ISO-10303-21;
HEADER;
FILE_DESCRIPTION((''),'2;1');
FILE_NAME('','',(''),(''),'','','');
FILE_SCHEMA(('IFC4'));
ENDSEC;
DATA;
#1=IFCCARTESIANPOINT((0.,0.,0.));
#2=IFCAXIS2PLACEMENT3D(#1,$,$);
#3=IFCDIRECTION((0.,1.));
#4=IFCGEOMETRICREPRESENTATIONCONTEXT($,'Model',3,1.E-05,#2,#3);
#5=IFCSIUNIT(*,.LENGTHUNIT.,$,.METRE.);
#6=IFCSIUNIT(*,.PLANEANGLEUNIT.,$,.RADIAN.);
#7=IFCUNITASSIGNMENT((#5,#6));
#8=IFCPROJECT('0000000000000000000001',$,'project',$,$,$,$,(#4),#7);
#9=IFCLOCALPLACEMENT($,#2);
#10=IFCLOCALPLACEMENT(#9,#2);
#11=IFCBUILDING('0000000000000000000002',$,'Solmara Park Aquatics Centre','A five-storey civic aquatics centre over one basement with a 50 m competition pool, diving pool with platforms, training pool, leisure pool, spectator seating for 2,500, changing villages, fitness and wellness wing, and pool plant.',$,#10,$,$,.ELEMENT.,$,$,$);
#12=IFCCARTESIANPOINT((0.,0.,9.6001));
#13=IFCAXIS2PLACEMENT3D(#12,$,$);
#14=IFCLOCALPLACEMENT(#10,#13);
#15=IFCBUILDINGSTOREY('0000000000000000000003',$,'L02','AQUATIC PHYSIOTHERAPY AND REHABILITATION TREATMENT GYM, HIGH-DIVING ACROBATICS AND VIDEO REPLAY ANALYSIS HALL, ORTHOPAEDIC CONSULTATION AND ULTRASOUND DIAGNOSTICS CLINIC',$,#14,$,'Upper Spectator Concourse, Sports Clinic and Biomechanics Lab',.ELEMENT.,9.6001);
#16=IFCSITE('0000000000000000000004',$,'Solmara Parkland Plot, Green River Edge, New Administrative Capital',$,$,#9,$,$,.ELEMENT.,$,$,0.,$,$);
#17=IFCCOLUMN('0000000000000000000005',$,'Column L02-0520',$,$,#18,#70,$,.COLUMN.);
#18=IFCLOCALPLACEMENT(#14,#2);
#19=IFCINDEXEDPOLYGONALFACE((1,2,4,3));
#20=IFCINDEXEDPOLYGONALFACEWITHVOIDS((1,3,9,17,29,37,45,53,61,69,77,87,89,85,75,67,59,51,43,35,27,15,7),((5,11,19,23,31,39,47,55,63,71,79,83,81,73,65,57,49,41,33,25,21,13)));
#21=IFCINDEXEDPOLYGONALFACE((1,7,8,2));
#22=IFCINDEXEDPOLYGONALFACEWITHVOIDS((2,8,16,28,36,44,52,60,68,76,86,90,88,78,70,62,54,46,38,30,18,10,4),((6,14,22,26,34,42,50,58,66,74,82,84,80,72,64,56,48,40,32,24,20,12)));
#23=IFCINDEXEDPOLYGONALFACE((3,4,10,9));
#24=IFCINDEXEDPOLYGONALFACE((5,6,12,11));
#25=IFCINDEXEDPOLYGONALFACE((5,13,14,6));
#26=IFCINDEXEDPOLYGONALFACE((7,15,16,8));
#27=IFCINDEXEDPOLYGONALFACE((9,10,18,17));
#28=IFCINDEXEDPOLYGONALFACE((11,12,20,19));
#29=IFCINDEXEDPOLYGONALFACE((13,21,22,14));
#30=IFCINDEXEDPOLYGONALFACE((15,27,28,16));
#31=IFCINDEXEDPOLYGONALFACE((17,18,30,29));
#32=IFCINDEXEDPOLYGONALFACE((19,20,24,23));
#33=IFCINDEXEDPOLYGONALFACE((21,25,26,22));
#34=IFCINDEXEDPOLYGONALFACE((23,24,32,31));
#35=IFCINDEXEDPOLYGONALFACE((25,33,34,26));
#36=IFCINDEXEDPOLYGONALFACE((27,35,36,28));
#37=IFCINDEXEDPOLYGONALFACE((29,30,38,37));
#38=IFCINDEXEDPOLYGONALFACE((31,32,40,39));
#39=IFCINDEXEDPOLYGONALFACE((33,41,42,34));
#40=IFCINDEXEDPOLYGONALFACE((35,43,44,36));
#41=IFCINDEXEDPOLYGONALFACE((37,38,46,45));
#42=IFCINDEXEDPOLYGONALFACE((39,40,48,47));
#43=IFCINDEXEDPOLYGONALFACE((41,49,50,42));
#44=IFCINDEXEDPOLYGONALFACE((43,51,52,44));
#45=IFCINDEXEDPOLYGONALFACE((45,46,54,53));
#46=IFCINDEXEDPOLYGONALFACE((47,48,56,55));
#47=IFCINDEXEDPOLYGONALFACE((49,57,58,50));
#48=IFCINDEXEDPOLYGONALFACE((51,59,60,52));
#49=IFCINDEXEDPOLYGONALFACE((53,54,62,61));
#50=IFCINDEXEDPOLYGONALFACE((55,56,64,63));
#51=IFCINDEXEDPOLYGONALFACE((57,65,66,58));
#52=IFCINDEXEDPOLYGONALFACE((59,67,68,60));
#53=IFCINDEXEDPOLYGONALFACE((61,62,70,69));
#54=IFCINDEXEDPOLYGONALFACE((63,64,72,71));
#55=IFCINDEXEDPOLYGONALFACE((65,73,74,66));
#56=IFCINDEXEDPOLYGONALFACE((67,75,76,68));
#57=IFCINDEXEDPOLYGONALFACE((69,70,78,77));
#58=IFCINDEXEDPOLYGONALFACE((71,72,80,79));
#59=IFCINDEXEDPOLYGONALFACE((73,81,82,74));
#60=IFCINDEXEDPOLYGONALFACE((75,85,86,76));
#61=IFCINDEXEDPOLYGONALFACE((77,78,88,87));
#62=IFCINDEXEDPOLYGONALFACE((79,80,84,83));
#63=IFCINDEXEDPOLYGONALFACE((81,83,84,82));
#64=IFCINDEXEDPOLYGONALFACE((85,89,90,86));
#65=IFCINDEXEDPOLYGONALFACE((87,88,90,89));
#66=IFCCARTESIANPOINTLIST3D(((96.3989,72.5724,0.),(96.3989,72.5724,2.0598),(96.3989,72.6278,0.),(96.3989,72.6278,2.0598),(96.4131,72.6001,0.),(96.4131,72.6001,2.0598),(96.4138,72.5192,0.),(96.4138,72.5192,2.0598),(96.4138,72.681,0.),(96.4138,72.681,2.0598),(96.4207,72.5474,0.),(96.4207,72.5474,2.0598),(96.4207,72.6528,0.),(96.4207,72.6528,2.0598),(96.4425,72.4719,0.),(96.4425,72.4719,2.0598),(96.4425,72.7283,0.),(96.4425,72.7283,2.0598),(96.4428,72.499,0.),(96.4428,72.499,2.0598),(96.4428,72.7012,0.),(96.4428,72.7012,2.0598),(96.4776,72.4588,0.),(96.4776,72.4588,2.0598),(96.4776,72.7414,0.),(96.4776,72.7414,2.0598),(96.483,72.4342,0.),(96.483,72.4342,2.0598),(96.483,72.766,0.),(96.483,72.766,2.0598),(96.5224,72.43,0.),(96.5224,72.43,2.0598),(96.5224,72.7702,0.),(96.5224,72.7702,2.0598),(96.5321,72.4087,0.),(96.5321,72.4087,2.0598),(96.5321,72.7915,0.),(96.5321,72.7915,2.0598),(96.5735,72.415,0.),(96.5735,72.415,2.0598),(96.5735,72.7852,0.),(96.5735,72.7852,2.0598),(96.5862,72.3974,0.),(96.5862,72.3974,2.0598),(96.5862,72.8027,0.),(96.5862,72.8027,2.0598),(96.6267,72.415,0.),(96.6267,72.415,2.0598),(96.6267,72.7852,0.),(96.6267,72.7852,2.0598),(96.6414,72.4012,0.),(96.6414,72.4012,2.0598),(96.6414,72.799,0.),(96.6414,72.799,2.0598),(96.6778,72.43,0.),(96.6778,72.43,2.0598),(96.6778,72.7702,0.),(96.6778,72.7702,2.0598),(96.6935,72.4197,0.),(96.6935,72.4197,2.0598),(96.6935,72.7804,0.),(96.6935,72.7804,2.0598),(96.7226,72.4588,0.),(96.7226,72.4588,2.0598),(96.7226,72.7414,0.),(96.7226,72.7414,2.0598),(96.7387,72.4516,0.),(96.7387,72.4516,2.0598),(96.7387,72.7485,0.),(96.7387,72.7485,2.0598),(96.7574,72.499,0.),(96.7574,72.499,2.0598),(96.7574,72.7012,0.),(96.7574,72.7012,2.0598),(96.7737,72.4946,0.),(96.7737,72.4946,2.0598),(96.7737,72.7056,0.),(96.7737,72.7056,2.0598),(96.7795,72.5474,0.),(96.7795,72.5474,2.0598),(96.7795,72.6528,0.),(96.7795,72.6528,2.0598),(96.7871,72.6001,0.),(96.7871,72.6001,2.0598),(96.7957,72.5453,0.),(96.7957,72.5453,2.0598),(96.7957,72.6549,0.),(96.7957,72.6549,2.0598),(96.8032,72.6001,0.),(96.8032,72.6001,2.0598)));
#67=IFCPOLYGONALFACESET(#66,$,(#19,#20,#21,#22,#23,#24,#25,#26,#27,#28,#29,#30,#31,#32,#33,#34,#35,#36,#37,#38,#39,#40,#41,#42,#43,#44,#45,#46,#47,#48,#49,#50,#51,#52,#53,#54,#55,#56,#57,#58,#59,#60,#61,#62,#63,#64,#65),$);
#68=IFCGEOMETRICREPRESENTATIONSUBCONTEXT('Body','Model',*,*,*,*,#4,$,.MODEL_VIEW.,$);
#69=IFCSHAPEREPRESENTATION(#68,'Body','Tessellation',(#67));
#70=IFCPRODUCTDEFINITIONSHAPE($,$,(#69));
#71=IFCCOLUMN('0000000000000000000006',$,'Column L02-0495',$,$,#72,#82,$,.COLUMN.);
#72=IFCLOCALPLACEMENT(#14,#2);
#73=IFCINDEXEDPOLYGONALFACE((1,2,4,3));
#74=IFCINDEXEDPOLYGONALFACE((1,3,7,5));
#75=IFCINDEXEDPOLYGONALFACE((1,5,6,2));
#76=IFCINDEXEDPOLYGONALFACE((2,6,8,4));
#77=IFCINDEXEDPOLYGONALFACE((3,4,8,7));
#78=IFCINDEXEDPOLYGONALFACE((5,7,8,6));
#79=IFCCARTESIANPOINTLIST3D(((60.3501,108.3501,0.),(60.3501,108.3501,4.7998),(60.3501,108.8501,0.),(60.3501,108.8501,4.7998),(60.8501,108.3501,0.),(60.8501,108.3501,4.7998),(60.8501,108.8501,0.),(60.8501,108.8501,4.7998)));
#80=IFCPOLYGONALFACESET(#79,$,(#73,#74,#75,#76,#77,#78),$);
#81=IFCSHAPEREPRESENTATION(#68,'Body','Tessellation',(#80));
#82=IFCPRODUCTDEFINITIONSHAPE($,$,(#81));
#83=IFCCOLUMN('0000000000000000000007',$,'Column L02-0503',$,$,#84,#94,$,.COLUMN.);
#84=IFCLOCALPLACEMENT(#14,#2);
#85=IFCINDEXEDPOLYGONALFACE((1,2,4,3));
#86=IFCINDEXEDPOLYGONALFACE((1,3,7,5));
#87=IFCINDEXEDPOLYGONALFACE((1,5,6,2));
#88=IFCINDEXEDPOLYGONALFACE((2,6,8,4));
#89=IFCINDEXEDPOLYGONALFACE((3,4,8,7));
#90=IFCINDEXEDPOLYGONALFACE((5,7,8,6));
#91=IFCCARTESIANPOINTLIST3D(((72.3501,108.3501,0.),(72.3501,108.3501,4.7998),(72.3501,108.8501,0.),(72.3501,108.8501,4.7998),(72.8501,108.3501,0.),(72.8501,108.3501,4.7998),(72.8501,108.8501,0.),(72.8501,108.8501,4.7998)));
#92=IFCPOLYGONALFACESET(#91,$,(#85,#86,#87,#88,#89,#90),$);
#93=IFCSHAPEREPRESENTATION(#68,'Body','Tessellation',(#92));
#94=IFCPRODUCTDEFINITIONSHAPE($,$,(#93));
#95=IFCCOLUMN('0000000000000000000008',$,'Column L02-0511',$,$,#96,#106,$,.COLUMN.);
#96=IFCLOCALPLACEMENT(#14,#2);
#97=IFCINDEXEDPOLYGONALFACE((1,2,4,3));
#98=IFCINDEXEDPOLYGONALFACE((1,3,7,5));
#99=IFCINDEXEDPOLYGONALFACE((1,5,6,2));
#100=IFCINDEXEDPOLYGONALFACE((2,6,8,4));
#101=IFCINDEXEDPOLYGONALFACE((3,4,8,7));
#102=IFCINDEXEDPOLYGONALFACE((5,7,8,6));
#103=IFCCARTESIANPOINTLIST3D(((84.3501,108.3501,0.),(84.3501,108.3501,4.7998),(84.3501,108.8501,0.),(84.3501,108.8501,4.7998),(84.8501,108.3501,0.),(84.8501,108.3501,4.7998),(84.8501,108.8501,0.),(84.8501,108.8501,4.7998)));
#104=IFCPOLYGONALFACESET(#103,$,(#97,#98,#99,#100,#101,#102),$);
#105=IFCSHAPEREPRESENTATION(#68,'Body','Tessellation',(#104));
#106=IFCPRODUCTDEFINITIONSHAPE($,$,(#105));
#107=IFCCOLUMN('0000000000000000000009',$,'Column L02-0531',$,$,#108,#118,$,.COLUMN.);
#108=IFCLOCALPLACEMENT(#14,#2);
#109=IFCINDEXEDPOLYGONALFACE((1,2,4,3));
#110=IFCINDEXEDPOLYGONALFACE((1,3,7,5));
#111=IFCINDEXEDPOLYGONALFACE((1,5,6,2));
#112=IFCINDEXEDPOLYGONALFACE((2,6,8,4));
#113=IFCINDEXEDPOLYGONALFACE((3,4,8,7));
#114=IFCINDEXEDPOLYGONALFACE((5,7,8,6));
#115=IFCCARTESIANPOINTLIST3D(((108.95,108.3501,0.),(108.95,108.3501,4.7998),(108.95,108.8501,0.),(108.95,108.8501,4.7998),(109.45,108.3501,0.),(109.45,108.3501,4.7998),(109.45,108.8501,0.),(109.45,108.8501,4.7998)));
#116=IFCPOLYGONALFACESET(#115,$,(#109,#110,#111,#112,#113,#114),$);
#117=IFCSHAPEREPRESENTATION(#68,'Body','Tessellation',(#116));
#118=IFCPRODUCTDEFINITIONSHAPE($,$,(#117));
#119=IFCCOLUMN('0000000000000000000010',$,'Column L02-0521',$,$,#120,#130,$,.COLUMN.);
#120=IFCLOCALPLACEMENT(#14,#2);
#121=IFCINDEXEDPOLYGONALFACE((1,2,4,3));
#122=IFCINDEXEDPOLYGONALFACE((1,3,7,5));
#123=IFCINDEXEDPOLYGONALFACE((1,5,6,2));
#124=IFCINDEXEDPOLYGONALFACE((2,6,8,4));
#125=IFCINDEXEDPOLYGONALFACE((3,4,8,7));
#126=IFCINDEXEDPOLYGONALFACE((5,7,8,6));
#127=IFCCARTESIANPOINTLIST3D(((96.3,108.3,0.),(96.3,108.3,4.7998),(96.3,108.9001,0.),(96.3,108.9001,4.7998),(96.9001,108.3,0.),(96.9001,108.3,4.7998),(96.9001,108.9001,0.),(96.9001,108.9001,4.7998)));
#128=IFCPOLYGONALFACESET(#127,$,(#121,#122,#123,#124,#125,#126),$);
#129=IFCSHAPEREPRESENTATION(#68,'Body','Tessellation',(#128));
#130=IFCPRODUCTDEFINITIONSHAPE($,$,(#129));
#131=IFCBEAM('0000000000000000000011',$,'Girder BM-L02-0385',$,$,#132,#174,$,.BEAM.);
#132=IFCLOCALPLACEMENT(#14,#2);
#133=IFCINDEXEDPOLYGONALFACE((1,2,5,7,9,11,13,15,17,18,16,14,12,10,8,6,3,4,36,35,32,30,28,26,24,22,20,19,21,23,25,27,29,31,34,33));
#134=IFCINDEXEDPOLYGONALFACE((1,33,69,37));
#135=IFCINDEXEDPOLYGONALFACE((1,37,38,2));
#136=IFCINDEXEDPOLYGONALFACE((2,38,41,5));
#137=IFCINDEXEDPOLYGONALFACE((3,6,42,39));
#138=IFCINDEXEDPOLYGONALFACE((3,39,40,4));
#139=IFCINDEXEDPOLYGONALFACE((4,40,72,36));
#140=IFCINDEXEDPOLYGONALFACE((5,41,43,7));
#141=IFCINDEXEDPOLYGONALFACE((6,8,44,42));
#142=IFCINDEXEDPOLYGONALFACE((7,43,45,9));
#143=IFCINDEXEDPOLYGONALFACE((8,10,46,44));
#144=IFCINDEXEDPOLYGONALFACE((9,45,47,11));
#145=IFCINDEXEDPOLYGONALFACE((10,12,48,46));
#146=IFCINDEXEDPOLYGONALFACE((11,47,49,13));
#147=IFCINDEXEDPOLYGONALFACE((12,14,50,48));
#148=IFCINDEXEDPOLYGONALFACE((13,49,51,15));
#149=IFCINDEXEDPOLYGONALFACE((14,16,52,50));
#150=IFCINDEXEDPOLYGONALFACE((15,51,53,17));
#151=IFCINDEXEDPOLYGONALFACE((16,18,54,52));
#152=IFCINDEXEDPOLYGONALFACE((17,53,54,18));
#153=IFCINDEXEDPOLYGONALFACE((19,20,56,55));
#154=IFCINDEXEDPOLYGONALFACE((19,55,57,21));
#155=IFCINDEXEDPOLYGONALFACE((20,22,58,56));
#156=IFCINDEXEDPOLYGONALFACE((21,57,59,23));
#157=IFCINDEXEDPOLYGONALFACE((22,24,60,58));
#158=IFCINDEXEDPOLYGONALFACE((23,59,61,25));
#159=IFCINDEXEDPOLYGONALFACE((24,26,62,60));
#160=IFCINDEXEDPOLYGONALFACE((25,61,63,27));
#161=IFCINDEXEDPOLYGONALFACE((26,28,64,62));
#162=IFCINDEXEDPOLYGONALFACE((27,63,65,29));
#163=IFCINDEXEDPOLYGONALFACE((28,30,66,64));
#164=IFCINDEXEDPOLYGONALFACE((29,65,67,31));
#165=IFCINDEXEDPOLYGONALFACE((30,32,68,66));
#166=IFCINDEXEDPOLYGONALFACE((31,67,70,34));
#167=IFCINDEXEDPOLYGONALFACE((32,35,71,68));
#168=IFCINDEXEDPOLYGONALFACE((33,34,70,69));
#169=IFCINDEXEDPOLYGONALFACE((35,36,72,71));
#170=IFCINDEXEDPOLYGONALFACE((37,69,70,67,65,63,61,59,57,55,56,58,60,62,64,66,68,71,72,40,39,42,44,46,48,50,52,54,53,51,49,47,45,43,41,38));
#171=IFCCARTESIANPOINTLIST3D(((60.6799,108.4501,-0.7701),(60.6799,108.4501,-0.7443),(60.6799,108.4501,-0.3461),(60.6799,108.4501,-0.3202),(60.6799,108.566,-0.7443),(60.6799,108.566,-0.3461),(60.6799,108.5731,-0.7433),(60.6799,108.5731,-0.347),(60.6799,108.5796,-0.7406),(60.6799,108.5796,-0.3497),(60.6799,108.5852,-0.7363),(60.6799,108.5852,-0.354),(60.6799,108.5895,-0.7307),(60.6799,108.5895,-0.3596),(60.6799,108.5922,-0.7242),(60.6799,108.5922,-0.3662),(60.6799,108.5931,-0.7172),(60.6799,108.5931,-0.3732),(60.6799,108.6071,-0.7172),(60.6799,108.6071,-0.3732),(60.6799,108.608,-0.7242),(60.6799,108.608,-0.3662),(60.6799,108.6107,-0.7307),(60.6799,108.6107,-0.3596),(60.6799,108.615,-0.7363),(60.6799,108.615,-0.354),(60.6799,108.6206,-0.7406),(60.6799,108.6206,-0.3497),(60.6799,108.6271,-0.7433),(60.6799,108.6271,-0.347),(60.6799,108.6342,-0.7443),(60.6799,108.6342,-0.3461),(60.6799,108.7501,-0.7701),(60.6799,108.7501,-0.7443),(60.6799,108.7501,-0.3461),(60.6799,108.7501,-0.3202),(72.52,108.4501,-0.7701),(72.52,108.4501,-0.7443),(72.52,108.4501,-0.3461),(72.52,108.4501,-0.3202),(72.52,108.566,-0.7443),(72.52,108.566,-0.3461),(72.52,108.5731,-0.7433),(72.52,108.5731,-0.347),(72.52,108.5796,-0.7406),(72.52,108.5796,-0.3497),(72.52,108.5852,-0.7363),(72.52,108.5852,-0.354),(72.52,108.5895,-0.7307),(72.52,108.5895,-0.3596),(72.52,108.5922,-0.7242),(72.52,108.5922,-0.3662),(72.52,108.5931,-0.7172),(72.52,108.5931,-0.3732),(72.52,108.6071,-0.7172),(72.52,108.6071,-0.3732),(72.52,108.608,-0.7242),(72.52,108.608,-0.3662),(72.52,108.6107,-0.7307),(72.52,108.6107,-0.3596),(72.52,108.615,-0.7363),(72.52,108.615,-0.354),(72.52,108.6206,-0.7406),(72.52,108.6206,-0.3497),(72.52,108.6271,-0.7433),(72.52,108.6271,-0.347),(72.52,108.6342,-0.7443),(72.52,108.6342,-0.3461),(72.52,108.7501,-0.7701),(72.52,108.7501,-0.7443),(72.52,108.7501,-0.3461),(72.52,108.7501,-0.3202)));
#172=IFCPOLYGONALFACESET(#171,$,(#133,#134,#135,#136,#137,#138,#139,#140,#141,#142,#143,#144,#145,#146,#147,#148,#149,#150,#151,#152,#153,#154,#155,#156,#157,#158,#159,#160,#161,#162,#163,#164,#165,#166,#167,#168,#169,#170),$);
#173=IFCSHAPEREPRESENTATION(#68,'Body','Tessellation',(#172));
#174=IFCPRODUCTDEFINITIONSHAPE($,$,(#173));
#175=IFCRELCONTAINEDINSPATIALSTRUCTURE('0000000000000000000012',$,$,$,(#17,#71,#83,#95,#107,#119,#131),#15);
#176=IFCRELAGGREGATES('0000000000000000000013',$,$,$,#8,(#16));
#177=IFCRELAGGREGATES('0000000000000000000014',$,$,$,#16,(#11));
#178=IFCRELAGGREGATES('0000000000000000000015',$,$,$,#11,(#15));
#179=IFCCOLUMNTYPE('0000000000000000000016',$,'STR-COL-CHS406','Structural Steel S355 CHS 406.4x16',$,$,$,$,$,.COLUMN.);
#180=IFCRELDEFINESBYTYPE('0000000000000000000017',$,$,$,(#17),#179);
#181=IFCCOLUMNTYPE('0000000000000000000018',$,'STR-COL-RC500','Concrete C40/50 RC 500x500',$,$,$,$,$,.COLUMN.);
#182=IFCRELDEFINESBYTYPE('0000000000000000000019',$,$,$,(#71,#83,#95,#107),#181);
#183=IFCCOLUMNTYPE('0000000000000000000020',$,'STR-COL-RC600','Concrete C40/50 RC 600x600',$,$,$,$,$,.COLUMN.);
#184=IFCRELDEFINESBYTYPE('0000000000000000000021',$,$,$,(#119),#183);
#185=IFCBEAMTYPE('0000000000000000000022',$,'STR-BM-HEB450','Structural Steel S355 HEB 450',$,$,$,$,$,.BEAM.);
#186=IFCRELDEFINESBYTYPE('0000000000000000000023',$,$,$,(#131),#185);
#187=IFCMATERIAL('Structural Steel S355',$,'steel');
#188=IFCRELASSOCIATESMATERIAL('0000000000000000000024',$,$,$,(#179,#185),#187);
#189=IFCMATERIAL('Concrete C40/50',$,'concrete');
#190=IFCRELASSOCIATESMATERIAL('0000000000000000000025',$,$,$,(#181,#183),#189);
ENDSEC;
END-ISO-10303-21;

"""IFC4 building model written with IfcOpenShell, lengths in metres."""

from ifc_helpers import new_model, si_unit, direction, frame, origin, origin_2d, place, context, subcontext, project, spatial, rectangle, hollow_circle, i_section, extrude, material, material_profile, profile_set, type_object, element, save


model = new_model("IFC4")

# Units and contexts
model_context = context("Model", 3, precision=1e-05, world=origin(), true_north=direction((0.0, 1.0)))
body_context = subcontext(model_context, "Body", "Model", "MODEL_VIEW")
ifc_project = project(units=[si_unit("LENGTHUNIT", "METRE"), si_unit("PLANEANGLEUNIT", "RADIAN")], contexts=[model_context])

# Site, building, storey
site_placement = place(None, origin())
site = spatial("IfcSite", under=ifc_project, at=site_placement, Name="Solmara Parkland Plot, Green River Edge, New Administrative Capital", CompositionType="ELEMENT", RefElevation=0.0)
building_placement = place(site_placement, origin())
building = spatial("IfcBuilding", under=site, at=building_placement, Name="Solmara Park Aquatics Centre", Description="A five-storey civic aquatics centre over one basement with a 50 m competition pool, diving pool with platforms, training pool, leisure pool, spectator seating for 2,500, changing villages, fitness and wellness wing, and pool plant.", CompositionType="ELEMENT")
storey_placement = place(building_placement, frame((0.0, 0.0, 9.6001)))
storey = spatial("IfcBuildingStorey", under=building, at=storey_placement, Name="L02", Description="AQUATIC PHYSIOTHERAPY AND REHABILITATION TREATMENT GYM, HIGH-DIVING ACROBATICS AND VIDEO REPLAY ANALYSIS HALL, ORTHOPAEDIC CONSULTATION AND ULTRASOUND DIAGNOSTICS CLINIC", LongName="Upper Spectator Concourse, Sports Clinic and Biomechanics Lab", CompositionType="ELEMENT", Elevation=9.6001)

# Columns
ifc_material_1 = material(Name="Structural Steel S355", Category="steel")
ifc_material_profile_1 = material_profile(ifc_material_1, hollow_circle(Radius=0.2031, WallThickness=0.0161, at=origin_2d()), Name="CHS 406.4x16")
ifc_profile_set_1 = profile_set([ifc_material_profile_1], Name="Structural Steel S355")
column_type_1 = type_object("IfcColumnType", Name="STR-COL-CHS406", Description="Structural Steel S355 CHS 406.4x16", PredefinedType="COLUMN", material=ifc_profile_set_1)
column_1_placement = place(storey_placement, frame((96.6001, 72.6001, 0.0), z_axis=(0.0, 0.0, 1.0), x_axis=(1.0, 0.0, 0.0)))
element("IfcColumn", 1, at=column_1_placement, inside=storey, type_object=column_type_1, Name="Column L02-0520", PredefinedType="COLUMN", context=body_context, shape_type="SweptSolid", body=[
    extrude(hollow_circle(Radius=0.2031, WallThickness=0.0161, at=origin_2d()), origin(), (0.0, 0.0, 1.0), 2.0598),
])
ifc_material_2 = material(Name="Concrete C40/50", Category="concrete")
ifc_material_profile_2 = material_profile(ifc_material_2, rectangle(XDim=0.5, YDim=0.5, at=origin_2d()), Name="RC 500x500")
ifc_profile_set_2 = profile_set([ifc_material_profile_2], Name="Concrete C40/50")
column_type_2 = type_object("IfcColumnType", Name="STR-COL-RC500", Description="Concrete C40/50 RC 500x500", PredefinedType="COLUMN", material=ifc_profile_set_2)
for number, where, z_axis, x_axis, name in (
    (2, (60.6001, 108.6001, 0.0), (0.0, 0.0, 1.0), (1.0, 0.0, 0.0), "Column L02-0495"),
    (3, (72.6001, 108.6001, 0.0), (0.0, 0.0, 1.0), (1.0, 0.0, 0.0), "Column L02-0503"),
    (4, (84.6001, 108.6001, 0.0), (0.0, 0.0, 1.0), (1.0, 0.0, 0.0), "Column L02-0511"),
    (5, (109.2, 108.6001, 0.0), (0.0, 0.0, 1.0), (1.0, 0.0, 0.0), "Column L02-0531"),
):
    element("IfcColumn", number, at=place(storey_placement, frame(where, z_axis=z_axis, x_axis=x_axis)), inside=storey, type_object=column_type_2, Name=name, PredefinedType="COLUMN", context=body_context, shape_type="SweptSolid", body=[
        extrude(rectangle(XDim=0.5, YDim=0.5, at=origin_2d()), origin(), (0.0, 0.0, 1.0), 4.7998),
    ])
ifc_material_profile_3 = material_profile(ifc_material_2, rectangle(XDim=0.6001, YDim=0.6001, at=origin_2d()), Name="RC 600x600")
ifc_profile_set_3 = profile_set([ifc_material_profile_3], Name="Concrete C40/50")
column_type_3 = type_object("IfcColumnType", Name="STR-COL-RC600", Description="Concrete C40/50 RC 600x600", PredefinedType="COLUMN", material=ifc_profile_set_3)
column_2_placement = place(storey_placement, frame((96.6001, 108.6001, 0.0), z_axis=(0.0, 0.0, 1.0), x_axis=(1.0, 0.0, 0.0)))
element("IfcColumn", 6, at=column_2_placement, inside=storey, type_object=column_type_3, Name="Column L02-0521", PredefinedType="COLUMN", context=body_context, shape_type="SweptSolid", body=[
    extrude(rectangle(XDim=0.6001, YDim=0.6001, at=origin_2d()), origin(), (0.0, 0.0, 1.0), 4.7998),
])

# Beam
ifc_material_profile_4 = material_profile(ifc_material_1, i_section(OverallWidth=0.3, OverallDepth=0.45, WebThickness=0.0139, FlangeThickness=0.0259, FilletRadius=0.0271, at=origin_2d()), Name="HEB 450")
ifc_profile_set_4 = profile_set([ifc_material_profile_4], Name="Structural Steel S355")
beam_type_1 = type_object("IfcBeamType", Name="STR-BM-HEB450", Description="Structural Steel S355 HEB 450", PredefinedType="BEAM", material=ifc_profile_set_4)
for number, where, z_axis, x_axis, name in (
    (7, (60.6799, 108.6001, -0.5452), (1.0, 0.0, 0.0), (0.0, 1.0, 0.0), "Girder BM-L02-0385"),
):
    element("IfcBeam", number, at=place(storey_placement, frame(where, z_axis=z_axis, x_axis=x_axis)), inside=storey, type_object=beam_type_1, Name=name, PredefinedType="BEAM", context=body_context, shape_type="SweptSolid", body=[
        extrude(i_section(OverallWidth=0.3, OverallDepth=0.45, WebThickness=0.0139, FlangeThickness=0.0259, FilletRadius=0.0271, at=origin_2d()), origin(), (0.0, 0.0, 1.0), 11.8401),
    ])

save(model, "model.ifc")
